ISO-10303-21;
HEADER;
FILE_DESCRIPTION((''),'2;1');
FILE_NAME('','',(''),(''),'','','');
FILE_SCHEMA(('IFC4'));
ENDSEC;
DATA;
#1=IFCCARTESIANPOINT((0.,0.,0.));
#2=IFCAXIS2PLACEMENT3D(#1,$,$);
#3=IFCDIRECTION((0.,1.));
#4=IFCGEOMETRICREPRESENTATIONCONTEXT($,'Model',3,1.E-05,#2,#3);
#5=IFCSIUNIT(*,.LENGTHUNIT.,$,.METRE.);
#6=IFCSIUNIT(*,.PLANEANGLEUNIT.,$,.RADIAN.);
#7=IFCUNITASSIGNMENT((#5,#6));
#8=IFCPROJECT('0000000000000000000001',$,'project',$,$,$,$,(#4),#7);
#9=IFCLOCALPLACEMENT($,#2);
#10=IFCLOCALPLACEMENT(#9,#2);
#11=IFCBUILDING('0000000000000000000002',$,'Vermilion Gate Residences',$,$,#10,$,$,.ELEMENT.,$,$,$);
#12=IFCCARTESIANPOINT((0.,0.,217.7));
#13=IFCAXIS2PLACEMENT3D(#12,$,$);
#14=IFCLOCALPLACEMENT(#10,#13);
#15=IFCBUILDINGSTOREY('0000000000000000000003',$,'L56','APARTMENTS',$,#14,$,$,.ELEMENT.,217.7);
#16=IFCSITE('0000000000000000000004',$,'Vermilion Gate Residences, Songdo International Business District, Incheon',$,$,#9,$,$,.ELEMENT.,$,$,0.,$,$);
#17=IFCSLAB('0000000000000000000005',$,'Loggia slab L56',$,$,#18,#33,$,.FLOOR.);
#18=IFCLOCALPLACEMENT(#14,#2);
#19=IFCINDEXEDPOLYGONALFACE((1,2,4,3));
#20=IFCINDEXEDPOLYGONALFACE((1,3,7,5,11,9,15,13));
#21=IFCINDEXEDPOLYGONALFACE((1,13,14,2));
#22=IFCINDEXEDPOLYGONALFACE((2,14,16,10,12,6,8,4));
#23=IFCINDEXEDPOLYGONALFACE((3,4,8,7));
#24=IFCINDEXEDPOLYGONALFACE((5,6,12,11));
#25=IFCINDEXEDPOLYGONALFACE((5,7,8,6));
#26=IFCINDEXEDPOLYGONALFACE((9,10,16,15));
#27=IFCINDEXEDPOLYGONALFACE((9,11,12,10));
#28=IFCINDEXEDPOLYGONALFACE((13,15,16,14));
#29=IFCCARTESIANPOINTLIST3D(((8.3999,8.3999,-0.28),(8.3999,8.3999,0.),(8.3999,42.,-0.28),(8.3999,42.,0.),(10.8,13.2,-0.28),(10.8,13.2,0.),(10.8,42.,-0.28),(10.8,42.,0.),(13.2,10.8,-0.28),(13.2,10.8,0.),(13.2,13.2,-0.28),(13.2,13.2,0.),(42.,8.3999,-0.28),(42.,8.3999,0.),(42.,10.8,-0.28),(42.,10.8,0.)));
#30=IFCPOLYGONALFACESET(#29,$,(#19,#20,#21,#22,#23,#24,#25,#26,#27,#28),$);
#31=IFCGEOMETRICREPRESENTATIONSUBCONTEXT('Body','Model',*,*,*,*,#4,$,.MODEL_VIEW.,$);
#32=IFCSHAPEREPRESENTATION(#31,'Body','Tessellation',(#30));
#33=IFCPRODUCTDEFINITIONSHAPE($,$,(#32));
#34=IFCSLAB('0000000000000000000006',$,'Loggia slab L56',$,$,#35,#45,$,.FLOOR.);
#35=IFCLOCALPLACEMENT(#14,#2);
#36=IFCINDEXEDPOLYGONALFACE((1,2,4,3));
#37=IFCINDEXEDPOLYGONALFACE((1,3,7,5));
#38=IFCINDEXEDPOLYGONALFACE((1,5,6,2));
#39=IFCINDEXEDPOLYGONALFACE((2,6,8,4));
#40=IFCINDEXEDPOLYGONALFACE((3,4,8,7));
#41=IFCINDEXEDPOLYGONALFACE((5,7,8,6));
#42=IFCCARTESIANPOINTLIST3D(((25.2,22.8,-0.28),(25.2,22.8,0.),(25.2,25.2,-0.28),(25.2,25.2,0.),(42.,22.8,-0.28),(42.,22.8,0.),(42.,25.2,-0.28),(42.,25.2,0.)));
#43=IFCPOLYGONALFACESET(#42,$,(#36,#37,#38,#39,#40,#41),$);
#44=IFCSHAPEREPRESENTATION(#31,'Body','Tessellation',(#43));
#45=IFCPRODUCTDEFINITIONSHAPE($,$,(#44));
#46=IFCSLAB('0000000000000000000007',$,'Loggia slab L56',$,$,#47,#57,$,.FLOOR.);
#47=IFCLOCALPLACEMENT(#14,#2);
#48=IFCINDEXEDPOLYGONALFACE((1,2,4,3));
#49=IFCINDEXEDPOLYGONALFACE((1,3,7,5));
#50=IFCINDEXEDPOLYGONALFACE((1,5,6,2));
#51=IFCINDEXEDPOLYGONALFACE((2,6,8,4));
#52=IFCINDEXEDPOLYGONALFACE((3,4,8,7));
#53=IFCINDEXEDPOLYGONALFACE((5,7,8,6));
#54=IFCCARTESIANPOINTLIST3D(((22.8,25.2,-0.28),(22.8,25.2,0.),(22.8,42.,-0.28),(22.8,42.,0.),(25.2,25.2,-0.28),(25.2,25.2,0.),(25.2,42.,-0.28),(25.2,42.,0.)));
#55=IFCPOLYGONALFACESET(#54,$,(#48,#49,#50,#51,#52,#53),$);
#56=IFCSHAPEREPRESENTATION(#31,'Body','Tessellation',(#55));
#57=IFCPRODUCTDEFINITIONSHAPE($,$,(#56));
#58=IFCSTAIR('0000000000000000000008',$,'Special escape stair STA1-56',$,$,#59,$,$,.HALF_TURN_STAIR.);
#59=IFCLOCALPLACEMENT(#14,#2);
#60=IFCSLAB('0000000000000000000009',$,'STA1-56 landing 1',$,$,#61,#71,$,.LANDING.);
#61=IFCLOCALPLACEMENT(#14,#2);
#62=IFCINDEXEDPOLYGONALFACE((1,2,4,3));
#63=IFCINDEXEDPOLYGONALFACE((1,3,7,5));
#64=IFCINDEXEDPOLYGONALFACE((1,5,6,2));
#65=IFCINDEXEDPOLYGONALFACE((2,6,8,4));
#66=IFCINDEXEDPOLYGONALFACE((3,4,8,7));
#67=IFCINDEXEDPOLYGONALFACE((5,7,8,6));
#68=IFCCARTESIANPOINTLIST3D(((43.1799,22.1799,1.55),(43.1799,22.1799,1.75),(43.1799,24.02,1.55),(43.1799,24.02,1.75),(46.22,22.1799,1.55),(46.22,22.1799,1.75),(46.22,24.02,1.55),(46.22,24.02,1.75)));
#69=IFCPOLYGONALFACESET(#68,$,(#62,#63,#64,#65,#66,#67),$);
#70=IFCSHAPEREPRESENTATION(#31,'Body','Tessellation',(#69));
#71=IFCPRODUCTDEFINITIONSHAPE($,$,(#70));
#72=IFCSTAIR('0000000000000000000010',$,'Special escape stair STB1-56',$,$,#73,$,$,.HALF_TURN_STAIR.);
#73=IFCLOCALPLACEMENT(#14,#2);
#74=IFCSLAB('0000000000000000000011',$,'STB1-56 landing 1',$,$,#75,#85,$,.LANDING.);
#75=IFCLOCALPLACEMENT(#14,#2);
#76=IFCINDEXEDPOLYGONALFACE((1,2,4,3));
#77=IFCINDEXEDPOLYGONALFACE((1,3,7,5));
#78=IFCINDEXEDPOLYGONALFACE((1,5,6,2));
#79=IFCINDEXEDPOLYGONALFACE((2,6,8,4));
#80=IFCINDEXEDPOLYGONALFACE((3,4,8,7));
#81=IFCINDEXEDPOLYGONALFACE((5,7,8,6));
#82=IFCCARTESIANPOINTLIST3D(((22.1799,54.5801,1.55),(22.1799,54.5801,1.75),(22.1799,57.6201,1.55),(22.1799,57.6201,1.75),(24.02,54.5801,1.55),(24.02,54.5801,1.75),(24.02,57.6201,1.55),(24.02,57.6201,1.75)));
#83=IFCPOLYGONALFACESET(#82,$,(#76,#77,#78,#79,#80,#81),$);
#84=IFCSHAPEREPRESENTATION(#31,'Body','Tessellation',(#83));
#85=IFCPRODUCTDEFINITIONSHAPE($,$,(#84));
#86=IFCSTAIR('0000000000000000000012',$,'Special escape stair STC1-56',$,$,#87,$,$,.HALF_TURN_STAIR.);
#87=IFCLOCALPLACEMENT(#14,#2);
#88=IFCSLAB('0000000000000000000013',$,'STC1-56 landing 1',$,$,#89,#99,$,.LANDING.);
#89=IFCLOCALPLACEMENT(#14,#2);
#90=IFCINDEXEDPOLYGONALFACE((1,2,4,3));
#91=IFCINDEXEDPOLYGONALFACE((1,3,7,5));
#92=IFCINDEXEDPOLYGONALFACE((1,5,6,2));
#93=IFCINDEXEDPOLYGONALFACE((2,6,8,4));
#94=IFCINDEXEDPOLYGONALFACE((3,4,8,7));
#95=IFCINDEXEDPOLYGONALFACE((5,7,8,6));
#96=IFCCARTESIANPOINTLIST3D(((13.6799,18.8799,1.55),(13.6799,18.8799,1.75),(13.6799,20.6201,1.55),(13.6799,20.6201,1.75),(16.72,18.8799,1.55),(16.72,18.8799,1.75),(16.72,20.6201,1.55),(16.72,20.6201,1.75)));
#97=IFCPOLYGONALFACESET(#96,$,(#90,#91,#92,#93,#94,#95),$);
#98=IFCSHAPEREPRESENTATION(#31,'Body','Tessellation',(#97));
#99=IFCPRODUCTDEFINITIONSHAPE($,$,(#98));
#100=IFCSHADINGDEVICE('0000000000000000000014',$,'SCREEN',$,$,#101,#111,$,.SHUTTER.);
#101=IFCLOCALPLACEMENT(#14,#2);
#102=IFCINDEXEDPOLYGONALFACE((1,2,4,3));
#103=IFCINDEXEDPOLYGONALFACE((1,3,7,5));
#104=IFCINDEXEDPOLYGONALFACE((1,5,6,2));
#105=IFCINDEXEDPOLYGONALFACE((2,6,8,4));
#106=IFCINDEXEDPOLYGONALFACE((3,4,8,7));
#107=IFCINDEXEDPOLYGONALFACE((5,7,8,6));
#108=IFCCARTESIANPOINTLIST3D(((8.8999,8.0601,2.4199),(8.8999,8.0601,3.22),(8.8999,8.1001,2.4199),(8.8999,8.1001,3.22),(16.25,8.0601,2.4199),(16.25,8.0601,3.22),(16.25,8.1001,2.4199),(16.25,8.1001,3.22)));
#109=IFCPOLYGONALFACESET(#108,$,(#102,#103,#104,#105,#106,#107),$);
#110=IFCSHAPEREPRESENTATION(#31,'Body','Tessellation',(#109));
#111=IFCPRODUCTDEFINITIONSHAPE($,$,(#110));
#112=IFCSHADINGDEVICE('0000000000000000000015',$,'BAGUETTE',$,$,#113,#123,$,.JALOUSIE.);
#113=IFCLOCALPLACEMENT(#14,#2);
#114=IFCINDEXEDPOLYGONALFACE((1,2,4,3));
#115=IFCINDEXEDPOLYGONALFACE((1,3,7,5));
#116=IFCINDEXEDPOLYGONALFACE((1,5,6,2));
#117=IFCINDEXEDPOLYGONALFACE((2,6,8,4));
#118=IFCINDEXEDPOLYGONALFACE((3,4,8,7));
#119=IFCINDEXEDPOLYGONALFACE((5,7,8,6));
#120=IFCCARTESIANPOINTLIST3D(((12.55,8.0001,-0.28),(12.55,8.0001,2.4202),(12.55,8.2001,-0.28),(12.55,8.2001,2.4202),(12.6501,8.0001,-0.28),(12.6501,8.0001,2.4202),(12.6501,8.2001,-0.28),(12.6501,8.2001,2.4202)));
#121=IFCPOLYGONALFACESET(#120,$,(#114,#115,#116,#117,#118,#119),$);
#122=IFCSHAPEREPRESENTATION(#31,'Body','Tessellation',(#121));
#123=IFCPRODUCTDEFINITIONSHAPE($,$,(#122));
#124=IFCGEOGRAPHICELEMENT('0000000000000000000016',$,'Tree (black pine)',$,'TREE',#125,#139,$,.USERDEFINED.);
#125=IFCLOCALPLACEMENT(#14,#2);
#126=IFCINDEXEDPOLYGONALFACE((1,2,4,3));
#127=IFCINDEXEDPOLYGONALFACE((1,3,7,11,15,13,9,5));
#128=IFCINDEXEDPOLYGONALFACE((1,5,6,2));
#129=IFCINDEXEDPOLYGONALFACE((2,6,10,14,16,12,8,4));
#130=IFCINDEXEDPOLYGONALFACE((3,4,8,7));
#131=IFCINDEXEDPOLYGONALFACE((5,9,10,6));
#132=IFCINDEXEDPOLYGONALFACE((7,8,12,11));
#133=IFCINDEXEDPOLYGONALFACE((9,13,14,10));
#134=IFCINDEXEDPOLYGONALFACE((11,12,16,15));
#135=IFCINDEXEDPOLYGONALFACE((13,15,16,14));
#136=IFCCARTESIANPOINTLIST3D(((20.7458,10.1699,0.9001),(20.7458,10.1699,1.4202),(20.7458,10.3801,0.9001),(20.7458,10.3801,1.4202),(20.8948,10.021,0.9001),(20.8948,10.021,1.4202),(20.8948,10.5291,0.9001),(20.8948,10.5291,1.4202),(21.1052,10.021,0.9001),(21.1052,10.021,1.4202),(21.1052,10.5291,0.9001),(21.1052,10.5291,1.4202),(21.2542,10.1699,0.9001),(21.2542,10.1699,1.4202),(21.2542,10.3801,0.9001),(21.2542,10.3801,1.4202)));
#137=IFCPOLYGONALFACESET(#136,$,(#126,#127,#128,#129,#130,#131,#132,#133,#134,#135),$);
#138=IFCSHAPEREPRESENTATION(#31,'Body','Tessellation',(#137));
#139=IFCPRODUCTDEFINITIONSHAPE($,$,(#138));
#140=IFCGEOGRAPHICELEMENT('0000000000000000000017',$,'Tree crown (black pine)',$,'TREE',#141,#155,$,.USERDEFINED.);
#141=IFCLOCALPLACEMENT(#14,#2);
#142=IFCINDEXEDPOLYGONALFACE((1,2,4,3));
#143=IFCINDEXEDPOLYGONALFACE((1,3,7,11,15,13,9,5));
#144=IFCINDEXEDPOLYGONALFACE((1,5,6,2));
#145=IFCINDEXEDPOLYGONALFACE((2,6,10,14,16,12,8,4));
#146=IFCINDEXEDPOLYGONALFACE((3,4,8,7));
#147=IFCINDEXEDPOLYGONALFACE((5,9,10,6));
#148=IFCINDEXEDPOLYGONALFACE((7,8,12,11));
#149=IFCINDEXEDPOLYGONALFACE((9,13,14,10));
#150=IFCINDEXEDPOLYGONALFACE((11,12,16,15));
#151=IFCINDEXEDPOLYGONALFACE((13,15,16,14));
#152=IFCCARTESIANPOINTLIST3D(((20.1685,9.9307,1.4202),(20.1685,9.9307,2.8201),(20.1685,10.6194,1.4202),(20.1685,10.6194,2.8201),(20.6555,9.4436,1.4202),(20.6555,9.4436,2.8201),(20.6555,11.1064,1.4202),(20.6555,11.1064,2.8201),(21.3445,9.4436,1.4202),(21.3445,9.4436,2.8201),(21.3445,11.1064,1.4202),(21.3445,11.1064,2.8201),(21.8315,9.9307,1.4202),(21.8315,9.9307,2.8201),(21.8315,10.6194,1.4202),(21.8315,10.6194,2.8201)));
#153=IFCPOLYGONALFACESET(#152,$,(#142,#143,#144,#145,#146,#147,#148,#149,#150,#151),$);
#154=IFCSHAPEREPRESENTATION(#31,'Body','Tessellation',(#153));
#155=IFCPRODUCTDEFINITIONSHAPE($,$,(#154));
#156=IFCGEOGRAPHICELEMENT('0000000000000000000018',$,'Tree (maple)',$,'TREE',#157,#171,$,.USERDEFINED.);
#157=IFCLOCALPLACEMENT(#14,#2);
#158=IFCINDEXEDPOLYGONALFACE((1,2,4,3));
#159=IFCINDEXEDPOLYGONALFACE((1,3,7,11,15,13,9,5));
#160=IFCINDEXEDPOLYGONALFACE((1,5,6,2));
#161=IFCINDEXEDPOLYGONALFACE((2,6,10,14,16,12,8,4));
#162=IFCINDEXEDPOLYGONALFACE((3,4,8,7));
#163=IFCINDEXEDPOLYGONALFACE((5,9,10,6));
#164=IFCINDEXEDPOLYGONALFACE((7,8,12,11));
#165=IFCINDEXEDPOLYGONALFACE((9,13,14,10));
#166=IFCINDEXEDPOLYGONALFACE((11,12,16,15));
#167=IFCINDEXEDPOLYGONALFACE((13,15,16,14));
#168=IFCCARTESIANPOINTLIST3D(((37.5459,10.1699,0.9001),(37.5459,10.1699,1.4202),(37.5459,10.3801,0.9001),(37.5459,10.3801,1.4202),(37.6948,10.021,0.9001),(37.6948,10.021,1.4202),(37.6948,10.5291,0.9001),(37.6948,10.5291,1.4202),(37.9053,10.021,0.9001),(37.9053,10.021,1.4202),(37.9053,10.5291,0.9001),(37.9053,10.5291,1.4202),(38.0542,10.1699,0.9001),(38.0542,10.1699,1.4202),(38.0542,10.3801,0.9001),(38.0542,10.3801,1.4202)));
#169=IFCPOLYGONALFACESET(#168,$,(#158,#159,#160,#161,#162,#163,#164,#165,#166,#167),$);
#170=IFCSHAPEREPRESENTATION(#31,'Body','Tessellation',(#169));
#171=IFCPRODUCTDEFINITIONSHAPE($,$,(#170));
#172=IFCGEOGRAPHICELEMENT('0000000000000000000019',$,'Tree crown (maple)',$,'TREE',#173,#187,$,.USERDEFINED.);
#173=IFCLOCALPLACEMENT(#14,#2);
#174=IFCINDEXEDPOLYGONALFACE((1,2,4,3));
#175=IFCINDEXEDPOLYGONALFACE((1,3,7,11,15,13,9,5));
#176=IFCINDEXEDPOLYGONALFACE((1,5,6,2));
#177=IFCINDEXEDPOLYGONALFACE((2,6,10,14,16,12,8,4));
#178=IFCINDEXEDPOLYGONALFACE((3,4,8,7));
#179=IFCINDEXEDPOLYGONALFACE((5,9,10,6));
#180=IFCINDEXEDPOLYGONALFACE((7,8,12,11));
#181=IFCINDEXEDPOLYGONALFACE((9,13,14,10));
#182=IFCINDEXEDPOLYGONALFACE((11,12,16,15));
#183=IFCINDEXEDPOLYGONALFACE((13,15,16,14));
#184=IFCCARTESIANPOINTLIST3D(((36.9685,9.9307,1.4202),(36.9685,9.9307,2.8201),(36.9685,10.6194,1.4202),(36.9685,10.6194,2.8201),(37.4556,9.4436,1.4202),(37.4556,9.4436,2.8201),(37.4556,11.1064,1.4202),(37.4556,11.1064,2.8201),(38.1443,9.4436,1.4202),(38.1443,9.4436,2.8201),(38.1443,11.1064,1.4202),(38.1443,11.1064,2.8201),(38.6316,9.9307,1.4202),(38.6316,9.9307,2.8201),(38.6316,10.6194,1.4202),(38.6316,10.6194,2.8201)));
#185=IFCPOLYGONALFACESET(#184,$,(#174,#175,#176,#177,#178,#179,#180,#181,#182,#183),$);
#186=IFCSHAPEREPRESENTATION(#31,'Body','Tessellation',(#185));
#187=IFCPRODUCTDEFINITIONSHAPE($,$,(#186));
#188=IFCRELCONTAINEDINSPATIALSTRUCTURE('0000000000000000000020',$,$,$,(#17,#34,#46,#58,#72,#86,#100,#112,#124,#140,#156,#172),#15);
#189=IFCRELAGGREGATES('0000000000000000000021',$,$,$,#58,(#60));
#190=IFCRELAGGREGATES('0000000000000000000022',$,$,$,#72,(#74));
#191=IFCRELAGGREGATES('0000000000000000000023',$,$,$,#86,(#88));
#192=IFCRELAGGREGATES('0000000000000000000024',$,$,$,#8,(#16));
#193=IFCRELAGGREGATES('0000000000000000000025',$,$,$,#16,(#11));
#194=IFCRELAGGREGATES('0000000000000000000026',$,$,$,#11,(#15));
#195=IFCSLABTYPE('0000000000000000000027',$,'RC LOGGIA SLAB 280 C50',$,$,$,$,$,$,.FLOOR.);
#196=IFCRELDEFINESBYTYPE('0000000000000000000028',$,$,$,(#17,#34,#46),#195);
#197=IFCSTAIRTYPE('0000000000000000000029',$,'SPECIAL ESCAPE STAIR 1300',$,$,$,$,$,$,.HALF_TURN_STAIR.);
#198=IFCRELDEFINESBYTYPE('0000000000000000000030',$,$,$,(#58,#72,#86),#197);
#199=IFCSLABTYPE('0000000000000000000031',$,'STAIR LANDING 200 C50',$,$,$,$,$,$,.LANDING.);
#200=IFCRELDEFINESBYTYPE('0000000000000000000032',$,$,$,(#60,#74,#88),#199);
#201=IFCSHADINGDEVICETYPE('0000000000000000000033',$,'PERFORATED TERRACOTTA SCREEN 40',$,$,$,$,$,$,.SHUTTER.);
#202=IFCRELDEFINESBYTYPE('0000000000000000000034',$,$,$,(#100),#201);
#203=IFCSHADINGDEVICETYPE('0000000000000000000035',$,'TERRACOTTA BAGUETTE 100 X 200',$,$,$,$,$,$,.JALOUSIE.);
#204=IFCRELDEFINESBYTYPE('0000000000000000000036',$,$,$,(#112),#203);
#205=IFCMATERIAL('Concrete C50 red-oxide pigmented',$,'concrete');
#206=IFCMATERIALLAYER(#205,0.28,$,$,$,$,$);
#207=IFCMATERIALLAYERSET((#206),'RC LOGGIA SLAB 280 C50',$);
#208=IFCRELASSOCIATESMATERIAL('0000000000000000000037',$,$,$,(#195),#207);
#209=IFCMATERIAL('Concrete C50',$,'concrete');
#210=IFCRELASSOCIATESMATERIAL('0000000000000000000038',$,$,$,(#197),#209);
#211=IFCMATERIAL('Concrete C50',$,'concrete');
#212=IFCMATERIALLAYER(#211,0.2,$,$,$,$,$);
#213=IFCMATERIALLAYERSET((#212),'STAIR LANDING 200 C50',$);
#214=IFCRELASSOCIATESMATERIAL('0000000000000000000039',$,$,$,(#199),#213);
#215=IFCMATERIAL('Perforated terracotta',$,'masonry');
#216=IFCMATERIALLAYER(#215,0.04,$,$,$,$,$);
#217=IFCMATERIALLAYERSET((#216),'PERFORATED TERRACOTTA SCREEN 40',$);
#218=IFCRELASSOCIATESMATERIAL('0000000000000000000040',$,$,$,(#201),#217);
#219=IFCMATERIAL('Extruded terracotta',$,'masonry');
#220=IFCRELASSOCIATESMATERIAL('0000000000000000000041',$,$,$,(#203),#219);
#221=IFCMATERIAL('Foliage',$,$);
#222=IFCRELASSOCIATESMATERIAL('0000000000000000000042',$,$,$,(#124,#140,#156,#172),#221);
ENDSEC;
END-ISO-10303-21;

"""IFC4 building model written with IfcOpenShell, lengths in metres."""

from ifc_helpers import new_model, si_unit, direction, frame, origin, origin_2d, place, context, subcontext, project, spatial, polyline, rectangle, outline, extrude, material, layer, layer_set, material_profile, profile_set, type_object, element, aggregate, save


model = new_model("IFC4")

# Units and contexts
model_context = context("Model", 3, precision=1e-05, world=origin(), true_north=direction((0.0, 1.0)))
body_context = subcontext(model_context, "Body", "Model", "MODEL_VIEW")
ifc_project = project(units=[si_unit("LENGTHUNIT", "METRE"), si_unit("PLANEANGLEUNIT", "RADIAN")], contexts=[model_context])

# Site, building, storey
site_placement = place(None, origin())
site = spatial("IfcSite", under=ifc_project, at=site_placement, Name="Vermilion Gate Residences, Songdo International Business District, Incheon", CompositionType="ELEMENT", RefElevation=0.0)
building_placement = place(site_placement, origin())
building = spatial("IfcBuilding", under=site, at=building_placement, Name="Vermilion Gate Residences", CompositionType="ELEMENT")
storey_placement = place(building_placement, frame((0.0, 0.0, 217.7)))
storey = spatial("IfcBuildingStorey", under=building, at=storey_placement, Name="L56", Description="APARTMENTS", CompositionType="ELEMENT", Elevation=217.7)

# Slabs
ifc_material_1 = material(Name="Concrete C50 red-oxide pigmented", Category="concrete")
ifc_layer_1 = layer(ifc_material_1, 0.28)
ifc_layer_set_1 = layer_set([ifc_layer_1], Name="RC LOGGIA SLAB 280 C50")
slab_type_1 = type_object("IfcSlabType", Name="RC LOGGIA SLAB 280 C50", PredefinedType="FLOOR", material=ifc_layer_set_1)
slab_1_placement = place(storey_placement, frame((0.0, 0.0, -0.28)))
element("IfcSlab", 1, at=slab_1_placement, inside=storey, type_object=slab_type_1, Name="Loggia slab L56", PredefinedType="FLOOR", context=body_context, shape_type="SweptSolid", body=[
    extrude(outline(polyline([(8.3999, 8.3999), (42.0, 8.3999), (42.0, 10.8), (13.2, 10.8), (13.2, 13.2), (10.8, 13.2), (10.8, 42.0), (8.3999, 42.0), (8.3999, 8.3999)])), origin(), (0.0, 0.0, 1.0), 0.28),
])
slab_2_placement = place(storey_placement, frame((0.0, 0.0, -0.28)))
element("IfcSlab", 2, at=slab_2_placement, inside=storey, type_object=slab_type_1, Name="Loggia slab L56", PredefinedType="FLOOR", context=body_context, shape_type="SweptSolid", body=[
    extrude(outline(polyline([(25.2, 22.8), (42.0, 22.8), (42.0, 25.2), (25.2, 25.2), (25.2, 22.8)])), origin(), (0.0, 0.0, 1.0), 0.28),
])
slab_3_placement = place(storey_placement, frame((0.0, 0.0, -0.28)))
element("IfcSlab", 3, at=slab_3_placement, inside=storey, type_object=slab_type_1, Name="Loggia slab L56", PredefinedType="FLOOR", context=body_context, shape_type="SweptSolid", body=[
    extrude(outline(polyline([(25.2, 42.0), (22.8, 42.0), (22.8, 25.2), (25.2, 25.2), (25.2, 42.0)])), origin(), (0.0, 0.0, 1.0), 0.28),
])

# Stairs, slabs
ifc_material_2 = material(Name="Concrete C50", Category="concrete")
stair_type = type_object("IfcStairType", Name="SPECIAL ESCAPE STAIR 1300", PredefinedType="HALF_TURN_STAIR", material=ifc_material_2)
stair_1_placement = place(storey_placement, origin())
stair_1 = element("IfcStair", 4, at=stair_1_placement, inside=storey, type_object=stair_type, Name="Special escape stair STA1-56", PredefinedType="HALF_TURN_STAIR")
ifc_material_3 = material(Name="Concrete C50", Category="concrete")
ifc_layer_2 = layer(ifc_material_3, 0.2)
ifc_layer_set_2 = layer_set([ifc_layer_2], Name="STAIR LANDING 200 C50")
slab_type_2 = type_object("IfcSlabType", Name="STAIR LANDING 200 C50", PredefinedType="LANDING", material=ifc_layer_set_2)
slab_4_placement = place(storey_placement, frame((0.0, 0.0, 1.55)))
slab_4 = element("IfcSlab", 5, at=slab_4_placement, type_object=slab_type_2, Name="STA1-56 landing 1", PredefinedType="LANDING", context=body_context, shape_type="SweptSolid", body=[
    extrude(outline(polyline([(46.22, 22.1799), (46.22, 24.02), (43.1799, 24.02), (43.1799, 22.1799), (46.22, 22.1799)])), origin(), (0.0, 0.0, 1.0), 0.2),
])
aggregate(stair_1, [slab_4])
stair_2_placement = place(storey_placement, origin())
stair_2 = element("IfcStair", 6, at=stair_2_placement, inside=storey, type_object=stair_type, Name="Special escape stair STB1-56", PredefinedType="HALF_TURN_STAIR")
slab_5_placement = place(storey_placement, frame((0.0, 0.0, 1.55)))
slab_5 = element("IfcSlab", 7, at=slab_5_placement, type_object=slab_type_2, Name="STB1-56 landing 1", PredefinedType="LANDING", context=body_context, shape_type="SweptSolid", body=[
    extrude(outline(polyline([(24.02, 54.5801), (24.02, 57.6201), (22.1799, 57.6201), (22.1799, 54.5801), (24.02, 54.5801)])), origin(), (0.0, 0.0, 1.0), 0.2),
])
aggregate(stair_2, [slab_5])
stair_3_placement = place(storey_placement, origin())
stair_3 = element("IfcStair", 8, at=stair_3_placement, inside=storey, type_object=stair_type, Name="Special escape stair STC1-56", PredefinedType="HALF_TURN_STAIR")
slab_6_placement = place(storey_placement, frame((0.0, 0.0, 1.55)))
slab_6 = element("IfcSlab", 9, at=slab_6_placement, type_object=slab_type_2, Name="STC1-56 landing 1", PredefinedType="LANDING", context=body_context, shape_type="SweptSolid", body=[
    extrude(outline(polyline([(16.72, 18.8799), (16.72, 20.6201), (13.6799, 20.6201), (13.6799, 18.8799), (16.72, 18.8799)])), origin(), (0.0, 0.0, 1.0), 0.2),
])
aggregate(stair_3, [slab_6])

# Shading devices
ifc_material_4 = material(Name="Perforated terracotta", Category="masonry")
ifc_layer_3 = layer(ifc_material_4, 0.04)
ifc_layer_set_3 = layer_set([ifc_layer_3], Name="PERFORATED TERRACOTTA SCREEN 40")
shading_device_type_1 = type_object("IfcShadingDeviceType", Name="PERFORATED TERRACOTTA SCREEN 40", PredefinedType="SHUTTER", material=ifc_layer_set_3)
shading_device_1_placement = place(storey_placement, frame((12.575, 8.0801, 2.4199), z_axis=(0.0, 0.0, 1.0), x_axis=(1.0, 0.0, 0.0)))
element("IfcShadingDevice", 10, at=shading_device_1_placement, inside=storey, type_object=shading_device_type_1, Name="SCREEN", PredefinedType="SHUTTER", context=body_context, shape_type="SweptSolid", body=[
    extrude(rectangle(XDim=7.3501, YDim=0.04, at=origin_2d()), origin(), (0.0, 0.0, 1.0), 0.8),
])
ifc_material_5 = material(Name="Extruded terracotta", Category="masonry")
ifc_material_profile_1 = material_profile(ifc_material_5, rectangle(XDim=0.2, YDim=0.1001, at=origin_2d()), Name="BAGUETTE 100 X 200")
ifc_profile_set_1 = profile_set([ifc_material_profile_1], Name="Extruded terracotta")
shading_device_type_2 = type_object("IfcShadingDeviceType", Name="TERRACOTTA BAGUETTE 100 X 200", PredefinedType="JALOUSIE", material=ifc_profile_set_1)
shading_device_2_placement = place(storey_placement, frame((12.6001, 8.1001, -0.28), z_axis=(0.0, 0.0, 1.0), x_axis=(0.0, 1.0, 0.0)))
element("IfcShadingDevice", 11, at=shading_device_2_placement, inside=storey, type_object=shading_device_type_2, Name="BAGUETTE", PredefinedType="JALOUSIE", context=body_context, shape_type="SweptSolid", body=[
    extrude(rectangle(XDim=0.2, YDim=0.1001, at=origin_2d()), origin(), (0.0, 0.0, 1.0), 2.7002),
])

# Geographic elements
ifc_material_6 = material(Name="Foliage")
geographic_element_1_placement = place(storey_placement, frame((0.0, 0.0, 0.9001)))
element("IfcGeographicElement", 12, at=geographic_element_1_placement, inside=storey, material=ifc_material_6, Name="Tree (black pine)", ObjectType="TREE", PredefinedType="USERDEFINED", context=body_context, shape_type="SweptSolid", body=[
    extrude(outline(polyline([(21.2542, 10.3801), (21.1052, 10.5291), (20.8948, 10.5291), (20.7458, 10.3801), (20.7458, 10.1699), (20.8948, 10.021), (21.1052, 10.021), (21.2542, 10.1699), (21.2542, 10.3801)])), origin(), (0.0, 0.0, 1.0), 0.52),
])
geographic_element_2_placement = place(storey_placement, frame((0.0, 0.0, 1.4202)))
element("IfcGeographicElement", 13, at=geographic_element_2_placement, inside=storey, material=ifc_material_6, Name="Tree crown (black pine)", ObjectType="TREE", PredefinedType="USERDEFINED", context=body_context, shape_type="SweptSolid", body=[
    extrude(outline(polyline([(21.8315, 10.6194), (21.3445, 11.1064), (20.6555, 11.1064), (20.1685, 10.6194), (20.1685, 9.9307), (20.6555, 9.4436), (21.3445, 9.4436), (21.8315, 9.9307), (21.8315, 10.6194)])), origin(), (0.0, 0.0, 1.0), 1.3999),
])
geographic_element_3_placement = place(storey_placement, frame((0.0, 0.0, 0.9001)))
element("IfcGeographicElement", 14, at=geographic_element_3_placement, inside=storey, material=ifc_material_6, Name="Tree (maple)", ObjectType="TREE", PredefinedType="USERDEFINED", context=body_context, shape_type="SweptSolid", body=[
    extrude(outline(polyline([(38.0542, 10.3801), (37.9053, 10.5291), (37.6948, 10.5291), (37.5459, 10.3801), (37.5459, 10.1699), (37.6948, 10.021), (37.9053, 10.021), (38.0542, 10.1699), (38.0542, 10.3801)])), origin(), (0.0, 0.0, 1.0), 0.52),
])
geographic_element_4_placement = place(storey_placement, frame((0.0, 0.0, 1.4202)))
element("IfcGeographicElement", 15, at=geographic_element_4_placement, inside=storey, material=ifc_material_6, Name="Tree crown (maple)", ObjectType="TREE", PredefinedType="USERDEFINED", context=body_context, shape_type="SweptSolid", body=[
    extrude(outline(polyline([(38.6316, 10.6194), (38.1443, 11.1064), (37.4556, 11.1064), (36.9685, 10.6194), (36.9685, 9.9307), (37.4556, 9.4436), (38.1443, 9.4436), (38.6316, 9.9307), (38.6316, 10.6194)])), origin(), (0.0, 0.0, 1.0), 1.3999),
])

save(model, "model.ifc")
